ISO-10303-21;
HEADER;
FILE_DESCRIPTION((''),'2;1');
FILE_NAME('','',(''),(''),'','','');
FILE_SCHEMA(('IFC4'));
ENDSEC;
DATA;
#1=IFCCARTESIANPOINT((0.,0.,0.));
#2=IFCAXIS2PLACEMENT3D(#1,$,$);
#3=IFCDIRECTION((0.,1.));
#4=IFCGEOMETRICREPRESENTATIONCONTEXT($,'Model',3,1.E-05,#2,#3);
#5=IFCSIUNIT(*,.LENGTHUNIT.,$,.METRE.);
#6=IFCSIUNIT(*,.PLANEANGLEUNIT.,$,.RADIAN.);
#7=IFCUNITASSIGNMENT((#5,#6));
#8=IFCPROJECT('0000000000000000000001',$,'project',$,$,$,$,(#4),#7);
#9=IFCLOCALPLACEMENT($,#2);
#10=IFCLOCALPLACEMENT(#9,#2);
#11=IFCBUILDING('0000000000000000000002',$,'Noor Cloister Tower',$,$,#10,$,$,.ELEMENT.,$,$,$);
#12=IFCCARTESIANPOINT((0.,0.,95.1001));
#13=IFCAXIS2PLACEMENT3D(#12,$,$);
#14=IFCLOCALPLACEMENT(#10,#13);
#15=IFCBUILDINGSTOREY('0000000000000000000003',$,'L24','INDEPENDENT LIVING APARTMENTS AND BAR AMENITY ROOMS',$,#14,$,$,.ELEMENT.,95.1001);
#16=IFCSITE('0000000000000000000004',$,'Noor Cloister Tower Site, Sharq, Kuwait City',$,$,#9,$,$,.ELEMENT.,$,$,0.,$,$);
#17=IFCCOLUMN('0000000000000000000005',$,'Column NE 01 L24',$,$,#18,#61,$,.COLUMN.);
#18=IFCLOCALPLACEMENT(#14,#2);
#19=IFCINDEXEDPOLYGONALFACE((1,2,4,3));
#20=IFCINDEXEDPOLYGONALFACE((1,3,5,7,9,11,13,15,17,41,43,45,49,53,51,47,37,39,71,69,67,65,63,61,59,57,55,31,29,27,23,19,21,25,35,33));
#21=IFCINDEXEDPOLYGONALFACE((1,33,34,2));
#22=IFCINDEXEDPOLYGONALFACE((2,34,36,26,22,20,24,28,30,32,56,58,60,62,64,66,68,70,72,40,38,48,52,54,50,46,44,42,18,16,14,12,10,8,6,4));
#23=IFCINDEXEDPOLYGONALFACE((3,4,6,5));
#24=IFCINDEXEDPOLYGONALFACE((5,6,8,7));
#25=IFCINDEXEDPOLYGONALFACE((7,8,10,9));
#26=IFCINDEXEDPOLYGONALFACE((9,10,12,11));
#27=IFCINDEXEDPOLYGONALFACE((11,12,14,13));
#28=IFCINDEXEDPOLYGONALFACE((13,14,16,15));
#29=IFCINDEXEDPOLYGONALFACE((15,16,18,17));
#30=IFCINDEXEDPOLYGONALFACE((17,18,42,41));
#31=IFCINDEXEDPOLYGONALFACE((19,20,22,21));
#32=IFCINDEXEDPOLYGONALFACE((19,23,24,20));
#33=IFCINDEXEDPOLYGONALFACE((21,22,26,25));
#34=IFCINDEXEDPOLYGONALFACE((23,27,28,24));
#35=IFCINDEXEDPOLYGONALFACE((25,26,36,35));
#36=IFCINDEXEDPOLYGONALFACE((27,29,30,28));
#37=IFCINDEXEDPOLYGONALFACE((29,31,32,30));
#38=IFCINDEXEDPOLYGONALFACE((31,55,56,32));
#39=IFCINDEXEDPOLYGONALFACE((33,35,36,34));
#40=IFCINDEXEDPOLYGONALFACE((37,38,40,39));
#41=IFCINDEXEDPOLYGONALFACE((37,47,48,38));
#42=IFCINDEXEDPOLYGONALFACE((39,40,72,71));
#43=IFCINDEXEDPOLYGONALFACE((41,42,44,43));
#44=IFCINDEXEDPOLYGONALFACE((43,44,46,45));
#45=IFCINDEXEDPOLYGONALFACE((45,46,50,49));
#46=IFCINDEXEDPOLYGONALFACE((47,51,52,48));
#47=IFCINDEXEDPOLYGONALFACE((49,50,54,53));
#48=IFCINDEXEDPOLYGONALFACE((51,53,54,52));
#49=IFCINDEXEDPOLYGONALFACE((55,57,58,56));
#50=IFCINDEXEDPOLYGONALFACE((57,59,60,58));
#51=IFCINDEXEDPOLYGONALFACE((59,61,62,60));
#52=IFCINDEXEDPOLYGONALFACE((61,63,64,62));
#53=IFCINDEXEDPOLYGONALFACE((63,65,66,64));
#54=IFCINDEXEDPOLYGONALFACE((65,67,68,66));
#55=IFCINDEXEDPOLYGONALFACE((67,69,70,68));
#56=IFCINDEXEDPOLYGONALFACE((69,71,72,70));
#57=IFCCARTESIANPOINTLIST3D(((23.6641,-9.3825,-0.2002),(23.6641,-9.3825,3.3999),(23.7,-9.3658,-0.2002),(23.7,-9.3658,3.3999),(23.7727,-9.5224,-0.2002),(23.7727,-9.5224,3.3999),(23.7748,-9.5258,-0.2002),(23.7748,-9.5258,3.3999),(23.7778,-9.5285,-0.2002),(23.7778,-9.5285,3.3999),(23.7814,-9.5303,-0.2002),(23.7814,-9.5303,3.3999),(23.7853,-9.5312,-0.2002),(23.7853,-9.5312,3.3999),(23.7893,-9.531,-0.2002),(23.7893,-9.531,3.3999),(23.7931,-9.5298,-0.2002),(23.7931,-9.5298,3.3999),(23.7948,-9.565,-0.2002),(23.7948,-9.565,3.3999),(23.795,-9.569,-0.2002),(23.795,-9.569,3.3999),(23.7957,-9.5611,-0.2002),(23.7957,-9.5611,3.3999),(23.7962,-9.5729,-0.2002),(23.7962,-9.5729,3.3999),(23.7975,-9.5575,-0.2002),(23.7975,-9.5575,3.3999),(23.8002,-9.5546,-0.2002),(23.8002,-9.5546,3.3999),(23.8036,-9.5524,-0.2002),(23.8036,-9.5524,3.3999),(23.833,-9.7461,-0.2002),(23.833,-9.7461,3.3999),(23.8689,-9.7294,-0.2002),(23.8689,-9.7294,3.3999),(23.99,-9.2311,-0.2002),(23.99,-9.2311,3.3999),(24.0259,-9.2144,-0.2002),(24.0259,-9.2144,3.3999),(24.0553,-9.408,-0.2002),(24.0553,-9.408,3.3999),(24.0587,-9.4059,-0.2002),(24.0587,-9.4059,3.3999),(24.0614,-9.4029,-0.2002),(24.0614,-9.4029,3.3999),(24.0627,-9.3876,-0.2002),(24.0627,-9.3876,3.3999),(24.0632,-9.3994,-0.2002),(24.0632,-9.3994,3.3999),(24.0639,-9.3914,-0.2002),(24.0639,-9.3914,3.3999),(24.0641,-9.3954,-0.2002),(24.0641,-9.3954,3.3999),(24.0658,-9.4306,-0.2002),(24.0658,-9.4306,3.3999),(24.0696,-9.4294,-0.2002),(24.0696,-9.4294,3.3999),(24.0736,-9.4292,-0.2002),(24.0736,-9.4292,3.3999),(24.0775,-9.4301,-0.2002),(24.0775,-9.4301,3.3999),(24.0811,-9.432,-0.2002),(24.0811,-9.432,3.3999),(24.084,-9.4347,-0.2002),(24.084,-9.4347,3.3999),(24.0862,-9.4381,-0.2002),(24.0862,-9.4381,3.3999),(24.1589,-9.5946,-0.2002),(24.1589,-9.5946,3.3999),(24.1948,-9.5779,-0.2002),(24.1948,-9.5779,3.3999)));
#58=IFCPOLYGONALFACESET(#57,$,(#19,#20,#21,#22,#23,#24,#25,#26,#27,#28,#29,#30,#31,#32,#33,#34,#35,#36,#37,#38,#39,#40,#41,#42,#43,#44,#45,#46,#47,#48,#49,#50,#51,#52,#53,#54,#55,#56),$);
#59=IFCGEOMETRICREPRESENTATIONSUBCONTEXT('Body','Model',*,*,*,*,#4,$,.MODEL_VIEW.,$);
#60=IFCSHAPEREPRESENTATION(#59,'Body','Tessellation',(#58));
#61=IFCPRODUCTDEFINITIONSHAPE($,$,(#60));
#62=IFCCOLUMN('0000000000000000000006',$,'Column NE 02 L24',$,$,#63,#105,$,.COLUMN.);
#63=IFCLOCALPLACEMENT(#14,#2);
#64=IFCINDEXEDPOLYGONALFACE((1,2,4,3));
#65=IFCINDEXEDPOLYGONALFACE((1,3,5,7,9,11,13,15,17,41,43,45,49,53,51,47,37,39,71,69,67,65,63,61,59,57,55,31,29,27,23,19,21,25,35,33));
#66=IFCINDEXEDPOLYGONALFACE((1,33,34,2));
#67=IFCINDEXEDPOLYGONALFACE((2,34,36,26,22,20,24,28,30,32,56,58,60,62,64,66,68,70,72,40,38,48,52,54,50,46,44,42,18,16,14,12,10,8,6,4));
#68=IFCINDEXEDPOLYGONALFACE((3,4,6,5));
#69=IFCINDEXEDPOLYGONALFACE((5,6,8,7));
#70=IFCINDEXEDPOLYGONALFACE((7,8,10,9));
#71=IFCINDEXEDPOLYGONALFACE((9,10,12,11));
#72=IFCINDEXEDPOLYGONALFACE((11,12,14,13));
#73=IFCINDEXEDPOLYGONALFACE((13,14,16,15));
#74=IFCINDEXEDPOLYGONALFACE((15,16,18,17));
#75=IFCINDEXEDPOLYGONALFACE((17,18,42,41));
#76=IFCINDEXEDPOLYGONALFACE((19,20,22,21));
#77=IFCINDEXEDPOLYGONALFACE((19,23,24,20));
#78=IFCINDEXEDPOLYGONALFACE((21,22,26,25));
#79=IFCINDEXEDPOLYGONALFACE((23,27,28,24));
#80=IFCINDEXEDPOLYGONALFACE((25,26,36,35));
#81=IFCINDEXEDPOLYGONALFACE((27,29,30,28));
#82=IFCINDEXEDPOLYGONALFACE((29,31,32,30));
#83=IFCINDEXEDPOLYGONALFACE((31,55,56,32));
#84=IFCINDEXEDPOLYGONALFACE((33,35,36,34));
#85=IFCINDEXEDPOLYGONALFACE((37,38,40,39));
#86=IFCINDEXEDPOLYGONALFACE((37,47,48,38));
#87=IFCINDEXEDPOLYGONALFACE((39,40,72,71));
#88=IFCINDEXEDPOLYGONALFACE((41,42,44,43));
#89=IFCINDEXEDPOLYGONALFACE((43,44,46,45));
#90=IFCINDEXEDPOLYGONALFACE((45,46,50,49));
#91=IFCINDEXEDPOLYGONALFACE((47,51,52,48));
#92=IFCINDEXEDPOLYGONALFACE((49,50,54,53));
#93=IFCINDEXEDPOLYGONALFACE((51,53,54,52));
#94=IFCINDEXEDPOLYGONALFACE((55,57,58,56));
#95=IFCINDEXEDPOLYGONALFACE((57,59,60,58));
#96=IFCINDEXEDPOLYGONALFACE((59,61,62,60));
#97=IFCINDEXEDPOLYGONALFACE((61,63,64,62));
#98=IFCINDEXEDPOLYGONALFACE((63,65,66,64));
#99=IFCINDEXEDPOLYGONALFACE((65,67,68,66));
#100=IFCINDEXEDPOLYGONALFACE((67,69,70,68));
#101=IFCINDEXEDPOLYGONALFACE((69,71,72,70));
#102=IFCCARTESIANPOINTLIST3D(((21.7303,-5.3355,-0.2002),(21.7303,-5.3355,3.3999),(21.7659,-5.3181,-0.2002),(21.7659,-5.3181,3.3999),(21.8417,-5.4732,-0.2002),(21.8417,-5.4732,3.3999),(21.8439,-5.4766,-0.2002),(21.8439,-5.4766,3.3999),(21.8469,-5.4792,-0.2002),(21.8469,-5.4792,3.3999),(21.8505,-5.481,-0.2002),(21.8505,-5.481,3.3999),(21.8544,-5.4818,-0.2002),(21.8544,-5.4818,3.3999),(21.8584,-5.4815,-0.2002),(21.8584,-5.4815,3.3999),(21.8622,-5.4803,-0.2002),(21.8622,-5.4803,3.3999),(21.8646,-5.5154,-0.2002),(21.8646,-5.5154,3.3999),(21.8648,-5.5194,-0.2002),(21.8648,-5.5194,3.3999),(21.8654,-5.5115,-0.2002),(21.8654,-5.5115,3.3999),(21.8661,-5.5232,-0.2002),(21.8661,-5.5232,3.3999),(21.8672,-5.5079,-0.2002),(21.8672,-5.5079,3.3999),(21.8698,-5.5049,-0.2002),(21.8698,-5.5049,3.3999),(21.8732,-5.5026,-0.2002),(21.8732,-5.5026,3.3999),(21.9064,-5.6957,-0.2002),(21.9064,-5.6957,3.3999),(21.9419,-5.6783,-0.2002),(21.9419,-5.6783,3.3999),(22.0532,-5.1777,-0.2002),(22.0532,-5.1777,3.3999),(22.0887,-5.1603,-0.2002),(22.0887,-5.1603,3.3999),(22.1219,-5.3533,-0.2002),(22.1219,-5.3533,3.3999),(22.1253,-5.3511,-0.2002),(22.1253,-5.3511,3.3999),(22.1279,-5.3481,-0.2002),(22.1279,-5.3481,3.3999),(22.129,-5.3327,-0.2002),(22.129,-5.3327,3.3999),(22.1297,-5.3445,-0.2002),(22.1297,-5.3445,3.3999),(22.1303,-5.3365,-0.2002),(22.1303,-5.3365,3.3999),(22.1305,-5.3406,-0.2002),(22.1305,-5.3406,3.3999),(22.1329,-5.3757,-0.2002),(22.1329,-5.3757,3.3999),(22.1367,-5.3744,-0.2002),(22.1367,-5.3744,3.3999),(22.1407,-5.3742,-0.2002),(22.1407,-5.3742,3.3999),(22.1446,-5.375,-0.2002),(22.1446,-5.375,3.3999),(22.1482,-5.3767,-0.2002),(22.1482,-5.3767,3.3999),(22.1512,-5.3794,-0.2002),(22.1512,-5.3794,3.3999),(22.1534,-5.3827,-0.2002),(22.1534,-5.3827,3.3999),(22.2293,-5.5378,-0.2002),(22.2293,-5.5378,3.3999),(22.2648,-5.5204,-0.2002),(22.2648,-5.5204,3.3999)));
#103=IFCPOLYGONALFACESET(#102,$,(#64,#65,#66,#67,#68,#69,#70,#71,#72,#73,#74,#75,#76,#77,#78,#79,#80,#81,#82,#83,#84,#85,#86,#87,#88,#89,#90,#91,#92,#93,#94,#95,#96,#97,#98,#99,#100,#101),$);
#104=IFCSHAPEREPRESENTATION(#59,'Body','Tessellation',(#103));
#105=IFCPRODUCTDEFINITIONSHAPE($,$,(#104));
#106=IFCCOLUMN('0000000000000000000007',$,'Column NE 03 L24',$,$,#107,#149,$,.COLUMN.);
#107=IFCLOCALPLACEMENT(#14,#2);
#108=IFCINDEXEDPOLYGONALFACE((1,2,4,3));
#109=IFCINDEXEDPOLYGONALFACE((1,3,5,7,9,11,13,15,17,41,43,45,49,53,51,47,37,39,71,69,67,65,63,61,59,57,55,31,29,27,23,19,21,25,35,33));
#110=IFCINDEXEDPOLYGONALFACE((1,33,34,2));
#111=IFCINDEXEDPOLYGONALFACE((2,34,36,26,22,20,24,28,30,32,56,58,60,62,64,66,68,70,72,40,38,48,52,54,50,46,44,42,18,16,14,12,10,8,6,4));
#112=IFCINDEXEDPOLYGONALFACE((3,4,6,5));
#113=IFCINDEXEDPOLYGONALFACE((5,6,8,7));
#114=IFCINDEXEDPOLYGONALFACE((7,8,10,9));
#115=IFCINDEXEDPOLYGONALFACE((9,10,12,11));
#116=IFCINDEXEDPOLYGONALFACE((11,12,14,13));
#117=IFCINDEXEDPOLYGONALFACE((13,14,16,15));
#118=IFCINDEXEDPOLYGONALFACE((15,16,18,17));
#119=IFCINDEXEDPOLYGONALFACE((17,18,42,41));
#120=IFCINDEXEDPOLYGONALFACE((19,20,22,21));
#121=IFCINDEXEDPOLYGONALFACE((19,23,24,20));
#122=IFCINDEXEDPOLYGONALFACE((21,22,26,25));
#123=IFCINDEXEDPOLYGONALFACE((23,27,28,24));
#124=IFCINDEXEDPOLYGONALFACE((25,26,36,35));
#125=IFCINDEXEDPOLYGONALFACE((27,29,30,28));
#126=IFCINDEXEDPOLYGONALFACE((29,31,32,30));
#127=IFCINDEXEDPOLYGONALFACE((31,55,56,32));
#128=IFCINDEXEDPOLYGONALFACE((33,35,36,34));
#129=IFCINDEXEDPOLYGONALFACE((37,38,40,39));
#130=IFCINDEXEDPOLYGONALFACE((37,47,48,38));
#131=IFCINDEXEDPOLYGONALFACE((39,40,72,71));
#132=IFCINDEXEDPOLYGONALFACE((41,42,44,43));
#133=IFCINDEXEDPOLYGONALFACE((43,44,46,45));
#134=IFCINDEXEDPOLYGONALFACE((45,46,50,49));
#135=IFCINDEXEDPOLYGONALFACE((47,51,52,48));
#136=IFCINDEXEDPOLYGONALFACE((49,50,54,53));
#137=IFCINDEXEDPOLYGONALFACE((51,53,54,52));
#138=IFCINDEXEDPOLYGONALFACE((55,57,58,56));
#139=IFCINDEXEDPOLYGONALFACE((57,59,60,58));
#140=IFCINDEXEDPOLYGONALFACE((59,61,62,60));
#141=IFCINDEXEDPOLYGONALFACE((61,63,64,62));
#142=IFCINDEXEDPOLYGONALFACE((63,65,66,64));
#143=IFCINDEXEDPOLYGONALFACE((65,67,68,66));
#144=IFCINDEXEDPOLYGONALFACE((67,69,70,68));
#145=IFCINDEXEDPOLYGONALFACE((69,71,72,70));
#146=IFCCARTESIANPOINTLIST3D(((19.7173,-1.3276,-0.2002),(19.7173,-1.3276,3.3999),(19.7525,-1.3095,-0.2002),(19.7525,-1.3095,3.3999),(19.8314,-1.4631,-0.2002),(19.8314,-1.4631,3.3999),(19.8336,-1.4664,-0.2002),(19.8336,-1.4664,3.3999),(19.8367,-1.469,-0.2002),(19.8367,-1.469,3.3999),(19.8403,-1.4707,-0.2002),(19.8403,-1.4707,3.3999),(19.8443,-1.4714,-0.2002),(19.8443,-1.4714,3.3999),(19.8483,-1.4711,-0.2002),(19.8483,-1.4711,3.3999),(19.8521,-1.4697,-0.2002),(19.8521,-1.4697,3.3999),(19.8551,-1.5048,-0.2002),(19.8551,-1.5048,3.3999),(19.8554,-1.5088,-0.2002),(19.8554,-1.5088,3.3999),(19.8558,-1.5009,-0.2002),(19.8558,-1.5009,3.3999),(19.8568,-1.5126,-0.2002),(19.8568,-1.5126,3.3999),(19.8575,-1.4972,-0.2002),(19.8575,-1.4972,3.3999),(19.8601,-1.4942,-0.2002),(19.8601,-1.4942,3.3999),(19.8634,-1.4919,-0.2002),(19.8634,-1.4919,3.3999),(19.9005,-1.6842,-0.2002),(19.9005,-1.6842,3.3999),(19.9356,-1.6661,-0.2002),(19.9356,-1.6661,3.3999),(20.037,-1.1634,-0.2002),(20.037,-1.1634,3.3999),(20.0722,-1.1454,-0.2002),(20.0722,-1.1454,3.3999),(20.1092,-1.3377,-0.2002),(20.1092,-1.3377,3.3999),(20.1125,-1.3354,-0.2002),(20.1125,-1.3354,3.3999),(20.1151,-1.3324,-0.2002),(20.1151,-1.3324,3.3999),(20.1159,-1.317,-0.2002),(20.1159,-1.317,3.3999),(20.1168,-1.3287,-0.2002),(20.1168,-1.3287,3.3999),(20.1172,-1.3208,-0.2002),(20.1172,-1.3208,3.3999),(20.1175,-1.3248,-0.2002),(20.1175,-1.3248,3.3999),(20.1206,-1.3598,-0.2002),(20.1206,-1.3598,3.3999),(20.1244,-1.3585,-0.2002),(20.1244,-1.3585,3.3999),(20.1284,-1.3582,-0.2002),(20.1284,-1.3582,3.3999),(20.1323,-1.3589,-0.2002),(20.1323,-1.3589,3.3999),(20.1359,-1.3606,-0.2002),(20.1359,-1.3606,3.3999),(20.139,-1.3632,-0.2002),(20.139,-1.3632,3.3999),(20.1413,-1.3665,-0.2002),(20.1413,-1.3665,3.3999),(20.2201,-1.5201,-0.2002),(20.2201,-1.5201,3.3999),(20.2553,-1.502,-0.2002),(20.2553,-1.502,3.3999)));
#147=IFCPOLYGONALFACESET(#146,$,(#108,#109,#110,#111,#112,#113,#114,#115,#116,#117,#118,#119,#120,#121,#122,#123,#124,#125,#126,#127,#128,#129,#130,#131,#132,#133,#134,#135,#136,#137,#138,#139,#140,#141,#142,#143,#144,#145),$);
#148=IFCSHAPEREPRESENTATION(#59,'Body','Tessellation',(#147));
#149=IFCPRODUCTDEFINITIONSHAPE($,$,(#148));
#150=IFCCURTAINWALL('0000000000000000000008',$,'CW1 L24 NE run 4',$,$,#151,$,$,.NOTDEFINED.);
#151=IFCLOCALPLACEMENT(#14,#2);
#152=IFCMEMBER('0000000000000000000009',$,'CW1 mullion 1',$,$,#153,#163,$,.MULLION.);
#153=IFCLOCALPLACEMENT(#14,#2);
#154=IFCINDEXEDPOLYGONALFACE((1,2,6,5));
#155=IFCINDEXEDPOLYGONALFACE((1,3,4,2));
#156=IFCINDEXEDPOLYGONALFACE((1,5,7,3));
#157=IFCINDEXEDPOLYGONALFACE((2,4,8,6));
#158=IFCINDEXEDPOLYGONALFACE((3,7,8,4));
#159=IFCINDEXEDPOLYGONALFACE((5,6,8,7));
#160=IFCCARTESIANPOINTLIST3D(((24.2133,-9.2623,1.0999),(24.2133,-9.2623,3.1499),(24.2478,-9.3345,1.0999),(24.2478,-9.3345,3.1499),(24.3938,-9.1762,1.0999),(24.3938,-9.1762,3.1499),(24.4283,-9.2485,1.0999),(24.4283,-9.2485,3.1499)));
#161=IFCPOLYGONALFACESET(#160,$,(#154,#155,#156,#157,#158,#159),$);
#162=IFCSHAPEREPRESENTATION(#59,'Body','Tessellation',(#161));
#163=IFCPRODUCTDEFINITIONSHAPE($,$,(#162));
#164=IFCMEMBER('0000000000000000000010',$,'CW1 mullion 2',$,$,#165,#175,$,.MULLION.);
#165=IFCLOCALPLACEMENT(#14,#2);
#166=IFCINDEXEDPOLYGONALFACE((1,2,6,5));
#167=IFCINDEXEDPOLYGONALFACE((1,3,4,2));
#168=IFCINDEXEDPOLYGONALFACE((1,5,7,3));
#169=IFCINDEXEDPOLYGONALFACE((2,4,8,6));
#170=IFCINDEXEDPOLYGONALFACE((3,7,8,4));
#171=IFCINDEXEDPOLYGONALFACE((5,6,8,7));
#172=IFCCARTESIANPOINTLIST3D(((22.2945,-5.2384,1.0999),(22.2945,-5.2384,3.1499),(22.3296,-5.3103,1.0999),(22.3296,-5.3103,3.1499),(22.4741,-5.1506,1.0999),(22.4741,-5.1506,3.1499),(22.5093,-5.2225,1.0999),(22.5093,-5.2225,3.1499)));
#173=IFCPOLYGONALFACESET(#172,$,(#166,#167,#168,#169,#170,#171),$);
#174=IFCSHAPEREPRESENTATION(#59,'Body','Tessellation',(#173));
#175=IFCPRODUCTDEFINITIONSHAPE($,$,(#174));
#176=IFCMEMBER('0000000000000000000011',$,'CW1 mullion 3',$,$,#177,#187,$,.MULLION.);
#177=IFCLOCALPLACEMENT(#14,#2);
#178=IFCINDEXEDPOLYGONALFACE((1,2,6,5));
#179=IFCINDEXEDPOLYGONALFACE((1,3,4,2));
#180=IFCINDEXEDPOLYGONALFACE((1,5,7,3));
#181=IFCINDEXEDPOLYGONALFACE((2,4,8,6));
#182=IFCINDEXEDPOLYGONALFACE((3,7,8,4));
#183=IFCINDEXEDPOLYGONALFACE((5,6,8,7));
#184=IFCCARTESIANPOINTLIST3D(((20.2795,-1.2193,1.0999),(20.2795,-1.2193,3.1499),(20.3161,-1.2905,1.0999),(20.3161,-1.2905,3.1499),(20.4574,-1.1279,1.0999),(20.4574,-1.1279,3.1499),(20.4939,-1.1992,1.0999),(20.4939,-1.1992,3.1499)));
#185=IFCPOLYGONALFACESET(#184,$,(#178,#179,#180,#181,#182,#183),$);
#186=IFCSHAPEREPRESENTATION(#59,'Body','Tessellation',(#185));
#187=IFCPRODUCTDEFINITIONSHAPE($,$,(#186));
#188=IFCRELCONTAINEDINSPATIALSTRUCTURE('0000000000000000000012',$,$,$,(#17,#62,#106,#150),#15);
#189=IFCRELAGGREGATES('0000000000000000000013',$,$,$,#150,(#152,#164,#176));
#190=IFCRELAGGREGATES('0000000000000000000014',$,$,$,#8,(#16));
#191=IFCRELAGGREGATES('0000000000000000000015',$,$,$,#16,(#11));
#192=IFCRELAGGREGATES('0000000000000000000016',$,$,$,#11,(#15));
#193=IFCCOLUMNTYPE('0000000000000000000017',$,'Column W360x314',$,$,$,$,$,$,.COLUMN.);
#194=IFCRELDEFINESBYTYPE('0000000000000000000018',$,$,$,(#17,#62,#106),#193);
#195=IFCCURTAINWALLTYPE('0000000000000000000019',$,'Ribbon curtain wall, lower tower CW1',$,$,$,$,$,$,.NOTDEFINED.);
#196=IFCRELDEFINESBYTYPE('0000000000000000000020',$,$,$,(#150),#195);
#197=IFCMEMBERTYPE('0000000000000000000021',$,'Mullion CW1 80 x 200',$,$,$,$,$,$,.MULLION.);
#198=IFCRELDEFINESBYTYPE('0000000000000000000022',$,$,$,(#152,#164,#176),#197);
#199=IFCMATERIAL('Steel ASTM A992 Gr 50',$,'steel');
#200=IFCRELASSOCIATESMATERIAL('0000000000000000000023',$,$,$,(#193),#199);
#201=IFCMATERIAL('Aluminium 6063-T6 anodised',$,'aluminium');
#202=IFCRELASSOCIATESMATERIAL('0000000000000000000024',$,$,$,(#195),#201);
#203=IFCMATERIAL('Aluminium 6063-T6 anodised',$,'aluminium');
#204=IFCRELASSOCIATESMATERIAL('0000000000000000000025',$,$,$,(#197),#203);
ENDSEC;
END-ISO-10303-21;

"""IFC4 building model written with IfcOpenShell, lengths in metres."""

from ifc_helpers import new_model, si_unit, direction, frame, origin, origin_2d, place, context, subcontext, project, spatial, rectangle, i_section, extrude, material, material_profile, profile_set, type_object, element, aggregate, save


model = new_model("IFC4")

# Units and contexts
model_context = context("Model", 3, precision=1e-05, world=origin(), true_north=direction((0.0, 1.0)))
body_context = subcontext(model_context, "Body", "Model", "MODEL_VIEW")
ifc_project = project(units=[si_unit("LENGTHUNIT", "METRE"), si_unit("PLANEANGLEUNIT", "RADIAN")], contexts=[model_context])

# Site, building, storey
site_placement = place(None, origin())
site = spatial("IfcSite", under=ifc_project, at=site_placement, Name="Noor Cloister Tower Site, Sharq, Kuwait City", CompositionType="ELEMENT", RefElevation=0.0)
building_placement = place(site_placement, origin())
building = spatial("IfcBuilding", under=site, at=building_placement, Name="Noor Cloister Tower", CompositionType="ELEMENT")
storey_placement = place(building_placement, frame((0.0, 0.0, 95.1001)))
storey = spatial("IfcBuildingStorey", under=building, at=storey_placement, Name="L24", Description="INDEPENDENT LIVING APARTMENTS AND BAR AMENITY ROOMS", CompositionType="ELEMENT", Elevation=95.1001)

# Columns
ifc_material_1 = material(Name="Steel ASTM A992 Gr 50", Category="steel")
ifc_material_profile_1 = material_profile(ifc_material_1, i_section(OverallWidth=0.4009, OverallDepth=0.3989, WebThickness=0.0249, FlangeThickness=0.0396, FilletRadius=0.0154, at=origin_2d()), Name="W360x314")
ifc_profile_set_1 = profile_set([ifc_material_profile_1], Name="Steel ASTM A992 Gr 50")
column_type = type_object("IfcColumnType", Name="Column W360x314", PredefinedType="COLUMN", material=ifc_profile_set_1)
for number, where, z_axis, x_axis, name in (
    (1, (23.9294, -9.4802, -0.2002), (0.0, 0.0, 1.0), (-0.421432, 0.90686, 0.0), "Column NE 01 L24"),
    (2, (21.9976, -5.428, -0.2002), (0.0, 0.0, 1.0), (-0.439199, 0.89839, 0.0), "Column NE 02 L24"),
    (3, (19.9863, -1.4148, -0.2002), (0.0, 0.0, 1.0), (-0.456796, 0.889571, 0.0), "Column NE 03 L24"),
):
    element("IfcColumn", number, at=place(storey_placement, frame(where, z_axis=z_axis, x_axis=x_axis)), inside=storey, type_object=column_type, Name=name, PredefinedType="COLUMN", context=body_context, shape_type="SweptSolid", body=[
        extrude(i_section(OverallWidth=0.4009, OverallDepth=0.3989, WebThickness=0.0249, FlangeThickness=0.0396, FilletRadius=0.0154, at=origin_2d()), origin(), (0.0, 0.0, 1.0), 3.6001),
    ])

# Curtain wall, members
ifc_material_2 = material(Name="Aluminium 6063-T6 anodised", Category="aluminium")
curtain_wall_type = type_object("IfcCurtainWallType", Name="Ribbon curtain wall, lower tower CW1", PredefinedType="NOTDEFINED", material=ifc_material_2)
curtain_wall_placement = place(storey_placement, origin())
curtain_wall = element("IfcCurtainWall", 4, at=curtain_wall_placement, inside=storey, type_object=curtain_wall_type, Name="CW1 L24 NE run 4", PredefinedType="NOTDEFINED")
ifc_material_3 = material(Name="Aluminium 6063-T6 anodised", Category="aluminium")
ifc_material_profile_2 = material_profile(ifc_material_3, rectangle(XDim=0.2, YDim=0.0801, at=origin_2d()), Name="200 x 80 mullion")
ifc_profile_set_2 = profile_set([ifc_material_profile_2], Name="Aluminium 6063-T6 anodised")
member_type = type_object("IfcMemberType", Name="Mullion CW1 80 x 200", PredefinedType="MULLION", material=ifc_profile_set_2)
member_1_placement = place(storey_placement, frame((24.3208, -9.2554, 1.0999), z_axis=(0.0, 0.0, 1.0), x_axis=(-0.902668, -0.430337, 0.0)))
member_1 = element("IfcMember", 5, at=member_1_placement, type_object=member_type, Name="CW1 mullion 1", PredefinedType="MULLION", context=body_context, shape_type="SweptSolid", body=[
    extrude(rectangle(XDim=0.2, YDim=0.0801, at=origin_2d()), origin(), (0.0, 0.0, 1.0), 2.05),
])
member_2_placement = place(storey_placement, frame((22.4019, -5.2305, 1.0999), z_axis=(0.0, 0.0, 1.0), x_axis=(-0.89839, -0.439199, 0.0)))
member_2 = element("IfcMember", 6, at=member_2_placement, type_object=member_type, Name="CW1 mullion 2", PredefinedType="MULLION", context=body_context, shape_type="SweptSolid", body=[
    extrude(rectangle(XDim=0.2, YDim=0.0801, at=origin_2d()), origin(), (0.0, 0.0, 1.0), 2.05),
])
member_3_placement = place(storey_placement, frame((20.3867, -1.2092, 1.0999), z_axis=(0.0, 0.0, 1.0), x_axis=(-0.889571, -0.456796, 0.0)))
member_3 = element("IfcMember", 7, at=member_3_placement, type_object=member_type, Name="CW1 mullion 3", PredefinedType="MULLION", context=body_context, shape_type="SweptSolid", body=[
    extrude(rectangle(XDim=0.2, YDim=0.0801, at=origin_2d()), origin(), (0.0, 0.0, 1.0), 2.05),
])

aggregate(curtain_wall, [member_1, member_2, member_3])

save(model, "model.ifc")
